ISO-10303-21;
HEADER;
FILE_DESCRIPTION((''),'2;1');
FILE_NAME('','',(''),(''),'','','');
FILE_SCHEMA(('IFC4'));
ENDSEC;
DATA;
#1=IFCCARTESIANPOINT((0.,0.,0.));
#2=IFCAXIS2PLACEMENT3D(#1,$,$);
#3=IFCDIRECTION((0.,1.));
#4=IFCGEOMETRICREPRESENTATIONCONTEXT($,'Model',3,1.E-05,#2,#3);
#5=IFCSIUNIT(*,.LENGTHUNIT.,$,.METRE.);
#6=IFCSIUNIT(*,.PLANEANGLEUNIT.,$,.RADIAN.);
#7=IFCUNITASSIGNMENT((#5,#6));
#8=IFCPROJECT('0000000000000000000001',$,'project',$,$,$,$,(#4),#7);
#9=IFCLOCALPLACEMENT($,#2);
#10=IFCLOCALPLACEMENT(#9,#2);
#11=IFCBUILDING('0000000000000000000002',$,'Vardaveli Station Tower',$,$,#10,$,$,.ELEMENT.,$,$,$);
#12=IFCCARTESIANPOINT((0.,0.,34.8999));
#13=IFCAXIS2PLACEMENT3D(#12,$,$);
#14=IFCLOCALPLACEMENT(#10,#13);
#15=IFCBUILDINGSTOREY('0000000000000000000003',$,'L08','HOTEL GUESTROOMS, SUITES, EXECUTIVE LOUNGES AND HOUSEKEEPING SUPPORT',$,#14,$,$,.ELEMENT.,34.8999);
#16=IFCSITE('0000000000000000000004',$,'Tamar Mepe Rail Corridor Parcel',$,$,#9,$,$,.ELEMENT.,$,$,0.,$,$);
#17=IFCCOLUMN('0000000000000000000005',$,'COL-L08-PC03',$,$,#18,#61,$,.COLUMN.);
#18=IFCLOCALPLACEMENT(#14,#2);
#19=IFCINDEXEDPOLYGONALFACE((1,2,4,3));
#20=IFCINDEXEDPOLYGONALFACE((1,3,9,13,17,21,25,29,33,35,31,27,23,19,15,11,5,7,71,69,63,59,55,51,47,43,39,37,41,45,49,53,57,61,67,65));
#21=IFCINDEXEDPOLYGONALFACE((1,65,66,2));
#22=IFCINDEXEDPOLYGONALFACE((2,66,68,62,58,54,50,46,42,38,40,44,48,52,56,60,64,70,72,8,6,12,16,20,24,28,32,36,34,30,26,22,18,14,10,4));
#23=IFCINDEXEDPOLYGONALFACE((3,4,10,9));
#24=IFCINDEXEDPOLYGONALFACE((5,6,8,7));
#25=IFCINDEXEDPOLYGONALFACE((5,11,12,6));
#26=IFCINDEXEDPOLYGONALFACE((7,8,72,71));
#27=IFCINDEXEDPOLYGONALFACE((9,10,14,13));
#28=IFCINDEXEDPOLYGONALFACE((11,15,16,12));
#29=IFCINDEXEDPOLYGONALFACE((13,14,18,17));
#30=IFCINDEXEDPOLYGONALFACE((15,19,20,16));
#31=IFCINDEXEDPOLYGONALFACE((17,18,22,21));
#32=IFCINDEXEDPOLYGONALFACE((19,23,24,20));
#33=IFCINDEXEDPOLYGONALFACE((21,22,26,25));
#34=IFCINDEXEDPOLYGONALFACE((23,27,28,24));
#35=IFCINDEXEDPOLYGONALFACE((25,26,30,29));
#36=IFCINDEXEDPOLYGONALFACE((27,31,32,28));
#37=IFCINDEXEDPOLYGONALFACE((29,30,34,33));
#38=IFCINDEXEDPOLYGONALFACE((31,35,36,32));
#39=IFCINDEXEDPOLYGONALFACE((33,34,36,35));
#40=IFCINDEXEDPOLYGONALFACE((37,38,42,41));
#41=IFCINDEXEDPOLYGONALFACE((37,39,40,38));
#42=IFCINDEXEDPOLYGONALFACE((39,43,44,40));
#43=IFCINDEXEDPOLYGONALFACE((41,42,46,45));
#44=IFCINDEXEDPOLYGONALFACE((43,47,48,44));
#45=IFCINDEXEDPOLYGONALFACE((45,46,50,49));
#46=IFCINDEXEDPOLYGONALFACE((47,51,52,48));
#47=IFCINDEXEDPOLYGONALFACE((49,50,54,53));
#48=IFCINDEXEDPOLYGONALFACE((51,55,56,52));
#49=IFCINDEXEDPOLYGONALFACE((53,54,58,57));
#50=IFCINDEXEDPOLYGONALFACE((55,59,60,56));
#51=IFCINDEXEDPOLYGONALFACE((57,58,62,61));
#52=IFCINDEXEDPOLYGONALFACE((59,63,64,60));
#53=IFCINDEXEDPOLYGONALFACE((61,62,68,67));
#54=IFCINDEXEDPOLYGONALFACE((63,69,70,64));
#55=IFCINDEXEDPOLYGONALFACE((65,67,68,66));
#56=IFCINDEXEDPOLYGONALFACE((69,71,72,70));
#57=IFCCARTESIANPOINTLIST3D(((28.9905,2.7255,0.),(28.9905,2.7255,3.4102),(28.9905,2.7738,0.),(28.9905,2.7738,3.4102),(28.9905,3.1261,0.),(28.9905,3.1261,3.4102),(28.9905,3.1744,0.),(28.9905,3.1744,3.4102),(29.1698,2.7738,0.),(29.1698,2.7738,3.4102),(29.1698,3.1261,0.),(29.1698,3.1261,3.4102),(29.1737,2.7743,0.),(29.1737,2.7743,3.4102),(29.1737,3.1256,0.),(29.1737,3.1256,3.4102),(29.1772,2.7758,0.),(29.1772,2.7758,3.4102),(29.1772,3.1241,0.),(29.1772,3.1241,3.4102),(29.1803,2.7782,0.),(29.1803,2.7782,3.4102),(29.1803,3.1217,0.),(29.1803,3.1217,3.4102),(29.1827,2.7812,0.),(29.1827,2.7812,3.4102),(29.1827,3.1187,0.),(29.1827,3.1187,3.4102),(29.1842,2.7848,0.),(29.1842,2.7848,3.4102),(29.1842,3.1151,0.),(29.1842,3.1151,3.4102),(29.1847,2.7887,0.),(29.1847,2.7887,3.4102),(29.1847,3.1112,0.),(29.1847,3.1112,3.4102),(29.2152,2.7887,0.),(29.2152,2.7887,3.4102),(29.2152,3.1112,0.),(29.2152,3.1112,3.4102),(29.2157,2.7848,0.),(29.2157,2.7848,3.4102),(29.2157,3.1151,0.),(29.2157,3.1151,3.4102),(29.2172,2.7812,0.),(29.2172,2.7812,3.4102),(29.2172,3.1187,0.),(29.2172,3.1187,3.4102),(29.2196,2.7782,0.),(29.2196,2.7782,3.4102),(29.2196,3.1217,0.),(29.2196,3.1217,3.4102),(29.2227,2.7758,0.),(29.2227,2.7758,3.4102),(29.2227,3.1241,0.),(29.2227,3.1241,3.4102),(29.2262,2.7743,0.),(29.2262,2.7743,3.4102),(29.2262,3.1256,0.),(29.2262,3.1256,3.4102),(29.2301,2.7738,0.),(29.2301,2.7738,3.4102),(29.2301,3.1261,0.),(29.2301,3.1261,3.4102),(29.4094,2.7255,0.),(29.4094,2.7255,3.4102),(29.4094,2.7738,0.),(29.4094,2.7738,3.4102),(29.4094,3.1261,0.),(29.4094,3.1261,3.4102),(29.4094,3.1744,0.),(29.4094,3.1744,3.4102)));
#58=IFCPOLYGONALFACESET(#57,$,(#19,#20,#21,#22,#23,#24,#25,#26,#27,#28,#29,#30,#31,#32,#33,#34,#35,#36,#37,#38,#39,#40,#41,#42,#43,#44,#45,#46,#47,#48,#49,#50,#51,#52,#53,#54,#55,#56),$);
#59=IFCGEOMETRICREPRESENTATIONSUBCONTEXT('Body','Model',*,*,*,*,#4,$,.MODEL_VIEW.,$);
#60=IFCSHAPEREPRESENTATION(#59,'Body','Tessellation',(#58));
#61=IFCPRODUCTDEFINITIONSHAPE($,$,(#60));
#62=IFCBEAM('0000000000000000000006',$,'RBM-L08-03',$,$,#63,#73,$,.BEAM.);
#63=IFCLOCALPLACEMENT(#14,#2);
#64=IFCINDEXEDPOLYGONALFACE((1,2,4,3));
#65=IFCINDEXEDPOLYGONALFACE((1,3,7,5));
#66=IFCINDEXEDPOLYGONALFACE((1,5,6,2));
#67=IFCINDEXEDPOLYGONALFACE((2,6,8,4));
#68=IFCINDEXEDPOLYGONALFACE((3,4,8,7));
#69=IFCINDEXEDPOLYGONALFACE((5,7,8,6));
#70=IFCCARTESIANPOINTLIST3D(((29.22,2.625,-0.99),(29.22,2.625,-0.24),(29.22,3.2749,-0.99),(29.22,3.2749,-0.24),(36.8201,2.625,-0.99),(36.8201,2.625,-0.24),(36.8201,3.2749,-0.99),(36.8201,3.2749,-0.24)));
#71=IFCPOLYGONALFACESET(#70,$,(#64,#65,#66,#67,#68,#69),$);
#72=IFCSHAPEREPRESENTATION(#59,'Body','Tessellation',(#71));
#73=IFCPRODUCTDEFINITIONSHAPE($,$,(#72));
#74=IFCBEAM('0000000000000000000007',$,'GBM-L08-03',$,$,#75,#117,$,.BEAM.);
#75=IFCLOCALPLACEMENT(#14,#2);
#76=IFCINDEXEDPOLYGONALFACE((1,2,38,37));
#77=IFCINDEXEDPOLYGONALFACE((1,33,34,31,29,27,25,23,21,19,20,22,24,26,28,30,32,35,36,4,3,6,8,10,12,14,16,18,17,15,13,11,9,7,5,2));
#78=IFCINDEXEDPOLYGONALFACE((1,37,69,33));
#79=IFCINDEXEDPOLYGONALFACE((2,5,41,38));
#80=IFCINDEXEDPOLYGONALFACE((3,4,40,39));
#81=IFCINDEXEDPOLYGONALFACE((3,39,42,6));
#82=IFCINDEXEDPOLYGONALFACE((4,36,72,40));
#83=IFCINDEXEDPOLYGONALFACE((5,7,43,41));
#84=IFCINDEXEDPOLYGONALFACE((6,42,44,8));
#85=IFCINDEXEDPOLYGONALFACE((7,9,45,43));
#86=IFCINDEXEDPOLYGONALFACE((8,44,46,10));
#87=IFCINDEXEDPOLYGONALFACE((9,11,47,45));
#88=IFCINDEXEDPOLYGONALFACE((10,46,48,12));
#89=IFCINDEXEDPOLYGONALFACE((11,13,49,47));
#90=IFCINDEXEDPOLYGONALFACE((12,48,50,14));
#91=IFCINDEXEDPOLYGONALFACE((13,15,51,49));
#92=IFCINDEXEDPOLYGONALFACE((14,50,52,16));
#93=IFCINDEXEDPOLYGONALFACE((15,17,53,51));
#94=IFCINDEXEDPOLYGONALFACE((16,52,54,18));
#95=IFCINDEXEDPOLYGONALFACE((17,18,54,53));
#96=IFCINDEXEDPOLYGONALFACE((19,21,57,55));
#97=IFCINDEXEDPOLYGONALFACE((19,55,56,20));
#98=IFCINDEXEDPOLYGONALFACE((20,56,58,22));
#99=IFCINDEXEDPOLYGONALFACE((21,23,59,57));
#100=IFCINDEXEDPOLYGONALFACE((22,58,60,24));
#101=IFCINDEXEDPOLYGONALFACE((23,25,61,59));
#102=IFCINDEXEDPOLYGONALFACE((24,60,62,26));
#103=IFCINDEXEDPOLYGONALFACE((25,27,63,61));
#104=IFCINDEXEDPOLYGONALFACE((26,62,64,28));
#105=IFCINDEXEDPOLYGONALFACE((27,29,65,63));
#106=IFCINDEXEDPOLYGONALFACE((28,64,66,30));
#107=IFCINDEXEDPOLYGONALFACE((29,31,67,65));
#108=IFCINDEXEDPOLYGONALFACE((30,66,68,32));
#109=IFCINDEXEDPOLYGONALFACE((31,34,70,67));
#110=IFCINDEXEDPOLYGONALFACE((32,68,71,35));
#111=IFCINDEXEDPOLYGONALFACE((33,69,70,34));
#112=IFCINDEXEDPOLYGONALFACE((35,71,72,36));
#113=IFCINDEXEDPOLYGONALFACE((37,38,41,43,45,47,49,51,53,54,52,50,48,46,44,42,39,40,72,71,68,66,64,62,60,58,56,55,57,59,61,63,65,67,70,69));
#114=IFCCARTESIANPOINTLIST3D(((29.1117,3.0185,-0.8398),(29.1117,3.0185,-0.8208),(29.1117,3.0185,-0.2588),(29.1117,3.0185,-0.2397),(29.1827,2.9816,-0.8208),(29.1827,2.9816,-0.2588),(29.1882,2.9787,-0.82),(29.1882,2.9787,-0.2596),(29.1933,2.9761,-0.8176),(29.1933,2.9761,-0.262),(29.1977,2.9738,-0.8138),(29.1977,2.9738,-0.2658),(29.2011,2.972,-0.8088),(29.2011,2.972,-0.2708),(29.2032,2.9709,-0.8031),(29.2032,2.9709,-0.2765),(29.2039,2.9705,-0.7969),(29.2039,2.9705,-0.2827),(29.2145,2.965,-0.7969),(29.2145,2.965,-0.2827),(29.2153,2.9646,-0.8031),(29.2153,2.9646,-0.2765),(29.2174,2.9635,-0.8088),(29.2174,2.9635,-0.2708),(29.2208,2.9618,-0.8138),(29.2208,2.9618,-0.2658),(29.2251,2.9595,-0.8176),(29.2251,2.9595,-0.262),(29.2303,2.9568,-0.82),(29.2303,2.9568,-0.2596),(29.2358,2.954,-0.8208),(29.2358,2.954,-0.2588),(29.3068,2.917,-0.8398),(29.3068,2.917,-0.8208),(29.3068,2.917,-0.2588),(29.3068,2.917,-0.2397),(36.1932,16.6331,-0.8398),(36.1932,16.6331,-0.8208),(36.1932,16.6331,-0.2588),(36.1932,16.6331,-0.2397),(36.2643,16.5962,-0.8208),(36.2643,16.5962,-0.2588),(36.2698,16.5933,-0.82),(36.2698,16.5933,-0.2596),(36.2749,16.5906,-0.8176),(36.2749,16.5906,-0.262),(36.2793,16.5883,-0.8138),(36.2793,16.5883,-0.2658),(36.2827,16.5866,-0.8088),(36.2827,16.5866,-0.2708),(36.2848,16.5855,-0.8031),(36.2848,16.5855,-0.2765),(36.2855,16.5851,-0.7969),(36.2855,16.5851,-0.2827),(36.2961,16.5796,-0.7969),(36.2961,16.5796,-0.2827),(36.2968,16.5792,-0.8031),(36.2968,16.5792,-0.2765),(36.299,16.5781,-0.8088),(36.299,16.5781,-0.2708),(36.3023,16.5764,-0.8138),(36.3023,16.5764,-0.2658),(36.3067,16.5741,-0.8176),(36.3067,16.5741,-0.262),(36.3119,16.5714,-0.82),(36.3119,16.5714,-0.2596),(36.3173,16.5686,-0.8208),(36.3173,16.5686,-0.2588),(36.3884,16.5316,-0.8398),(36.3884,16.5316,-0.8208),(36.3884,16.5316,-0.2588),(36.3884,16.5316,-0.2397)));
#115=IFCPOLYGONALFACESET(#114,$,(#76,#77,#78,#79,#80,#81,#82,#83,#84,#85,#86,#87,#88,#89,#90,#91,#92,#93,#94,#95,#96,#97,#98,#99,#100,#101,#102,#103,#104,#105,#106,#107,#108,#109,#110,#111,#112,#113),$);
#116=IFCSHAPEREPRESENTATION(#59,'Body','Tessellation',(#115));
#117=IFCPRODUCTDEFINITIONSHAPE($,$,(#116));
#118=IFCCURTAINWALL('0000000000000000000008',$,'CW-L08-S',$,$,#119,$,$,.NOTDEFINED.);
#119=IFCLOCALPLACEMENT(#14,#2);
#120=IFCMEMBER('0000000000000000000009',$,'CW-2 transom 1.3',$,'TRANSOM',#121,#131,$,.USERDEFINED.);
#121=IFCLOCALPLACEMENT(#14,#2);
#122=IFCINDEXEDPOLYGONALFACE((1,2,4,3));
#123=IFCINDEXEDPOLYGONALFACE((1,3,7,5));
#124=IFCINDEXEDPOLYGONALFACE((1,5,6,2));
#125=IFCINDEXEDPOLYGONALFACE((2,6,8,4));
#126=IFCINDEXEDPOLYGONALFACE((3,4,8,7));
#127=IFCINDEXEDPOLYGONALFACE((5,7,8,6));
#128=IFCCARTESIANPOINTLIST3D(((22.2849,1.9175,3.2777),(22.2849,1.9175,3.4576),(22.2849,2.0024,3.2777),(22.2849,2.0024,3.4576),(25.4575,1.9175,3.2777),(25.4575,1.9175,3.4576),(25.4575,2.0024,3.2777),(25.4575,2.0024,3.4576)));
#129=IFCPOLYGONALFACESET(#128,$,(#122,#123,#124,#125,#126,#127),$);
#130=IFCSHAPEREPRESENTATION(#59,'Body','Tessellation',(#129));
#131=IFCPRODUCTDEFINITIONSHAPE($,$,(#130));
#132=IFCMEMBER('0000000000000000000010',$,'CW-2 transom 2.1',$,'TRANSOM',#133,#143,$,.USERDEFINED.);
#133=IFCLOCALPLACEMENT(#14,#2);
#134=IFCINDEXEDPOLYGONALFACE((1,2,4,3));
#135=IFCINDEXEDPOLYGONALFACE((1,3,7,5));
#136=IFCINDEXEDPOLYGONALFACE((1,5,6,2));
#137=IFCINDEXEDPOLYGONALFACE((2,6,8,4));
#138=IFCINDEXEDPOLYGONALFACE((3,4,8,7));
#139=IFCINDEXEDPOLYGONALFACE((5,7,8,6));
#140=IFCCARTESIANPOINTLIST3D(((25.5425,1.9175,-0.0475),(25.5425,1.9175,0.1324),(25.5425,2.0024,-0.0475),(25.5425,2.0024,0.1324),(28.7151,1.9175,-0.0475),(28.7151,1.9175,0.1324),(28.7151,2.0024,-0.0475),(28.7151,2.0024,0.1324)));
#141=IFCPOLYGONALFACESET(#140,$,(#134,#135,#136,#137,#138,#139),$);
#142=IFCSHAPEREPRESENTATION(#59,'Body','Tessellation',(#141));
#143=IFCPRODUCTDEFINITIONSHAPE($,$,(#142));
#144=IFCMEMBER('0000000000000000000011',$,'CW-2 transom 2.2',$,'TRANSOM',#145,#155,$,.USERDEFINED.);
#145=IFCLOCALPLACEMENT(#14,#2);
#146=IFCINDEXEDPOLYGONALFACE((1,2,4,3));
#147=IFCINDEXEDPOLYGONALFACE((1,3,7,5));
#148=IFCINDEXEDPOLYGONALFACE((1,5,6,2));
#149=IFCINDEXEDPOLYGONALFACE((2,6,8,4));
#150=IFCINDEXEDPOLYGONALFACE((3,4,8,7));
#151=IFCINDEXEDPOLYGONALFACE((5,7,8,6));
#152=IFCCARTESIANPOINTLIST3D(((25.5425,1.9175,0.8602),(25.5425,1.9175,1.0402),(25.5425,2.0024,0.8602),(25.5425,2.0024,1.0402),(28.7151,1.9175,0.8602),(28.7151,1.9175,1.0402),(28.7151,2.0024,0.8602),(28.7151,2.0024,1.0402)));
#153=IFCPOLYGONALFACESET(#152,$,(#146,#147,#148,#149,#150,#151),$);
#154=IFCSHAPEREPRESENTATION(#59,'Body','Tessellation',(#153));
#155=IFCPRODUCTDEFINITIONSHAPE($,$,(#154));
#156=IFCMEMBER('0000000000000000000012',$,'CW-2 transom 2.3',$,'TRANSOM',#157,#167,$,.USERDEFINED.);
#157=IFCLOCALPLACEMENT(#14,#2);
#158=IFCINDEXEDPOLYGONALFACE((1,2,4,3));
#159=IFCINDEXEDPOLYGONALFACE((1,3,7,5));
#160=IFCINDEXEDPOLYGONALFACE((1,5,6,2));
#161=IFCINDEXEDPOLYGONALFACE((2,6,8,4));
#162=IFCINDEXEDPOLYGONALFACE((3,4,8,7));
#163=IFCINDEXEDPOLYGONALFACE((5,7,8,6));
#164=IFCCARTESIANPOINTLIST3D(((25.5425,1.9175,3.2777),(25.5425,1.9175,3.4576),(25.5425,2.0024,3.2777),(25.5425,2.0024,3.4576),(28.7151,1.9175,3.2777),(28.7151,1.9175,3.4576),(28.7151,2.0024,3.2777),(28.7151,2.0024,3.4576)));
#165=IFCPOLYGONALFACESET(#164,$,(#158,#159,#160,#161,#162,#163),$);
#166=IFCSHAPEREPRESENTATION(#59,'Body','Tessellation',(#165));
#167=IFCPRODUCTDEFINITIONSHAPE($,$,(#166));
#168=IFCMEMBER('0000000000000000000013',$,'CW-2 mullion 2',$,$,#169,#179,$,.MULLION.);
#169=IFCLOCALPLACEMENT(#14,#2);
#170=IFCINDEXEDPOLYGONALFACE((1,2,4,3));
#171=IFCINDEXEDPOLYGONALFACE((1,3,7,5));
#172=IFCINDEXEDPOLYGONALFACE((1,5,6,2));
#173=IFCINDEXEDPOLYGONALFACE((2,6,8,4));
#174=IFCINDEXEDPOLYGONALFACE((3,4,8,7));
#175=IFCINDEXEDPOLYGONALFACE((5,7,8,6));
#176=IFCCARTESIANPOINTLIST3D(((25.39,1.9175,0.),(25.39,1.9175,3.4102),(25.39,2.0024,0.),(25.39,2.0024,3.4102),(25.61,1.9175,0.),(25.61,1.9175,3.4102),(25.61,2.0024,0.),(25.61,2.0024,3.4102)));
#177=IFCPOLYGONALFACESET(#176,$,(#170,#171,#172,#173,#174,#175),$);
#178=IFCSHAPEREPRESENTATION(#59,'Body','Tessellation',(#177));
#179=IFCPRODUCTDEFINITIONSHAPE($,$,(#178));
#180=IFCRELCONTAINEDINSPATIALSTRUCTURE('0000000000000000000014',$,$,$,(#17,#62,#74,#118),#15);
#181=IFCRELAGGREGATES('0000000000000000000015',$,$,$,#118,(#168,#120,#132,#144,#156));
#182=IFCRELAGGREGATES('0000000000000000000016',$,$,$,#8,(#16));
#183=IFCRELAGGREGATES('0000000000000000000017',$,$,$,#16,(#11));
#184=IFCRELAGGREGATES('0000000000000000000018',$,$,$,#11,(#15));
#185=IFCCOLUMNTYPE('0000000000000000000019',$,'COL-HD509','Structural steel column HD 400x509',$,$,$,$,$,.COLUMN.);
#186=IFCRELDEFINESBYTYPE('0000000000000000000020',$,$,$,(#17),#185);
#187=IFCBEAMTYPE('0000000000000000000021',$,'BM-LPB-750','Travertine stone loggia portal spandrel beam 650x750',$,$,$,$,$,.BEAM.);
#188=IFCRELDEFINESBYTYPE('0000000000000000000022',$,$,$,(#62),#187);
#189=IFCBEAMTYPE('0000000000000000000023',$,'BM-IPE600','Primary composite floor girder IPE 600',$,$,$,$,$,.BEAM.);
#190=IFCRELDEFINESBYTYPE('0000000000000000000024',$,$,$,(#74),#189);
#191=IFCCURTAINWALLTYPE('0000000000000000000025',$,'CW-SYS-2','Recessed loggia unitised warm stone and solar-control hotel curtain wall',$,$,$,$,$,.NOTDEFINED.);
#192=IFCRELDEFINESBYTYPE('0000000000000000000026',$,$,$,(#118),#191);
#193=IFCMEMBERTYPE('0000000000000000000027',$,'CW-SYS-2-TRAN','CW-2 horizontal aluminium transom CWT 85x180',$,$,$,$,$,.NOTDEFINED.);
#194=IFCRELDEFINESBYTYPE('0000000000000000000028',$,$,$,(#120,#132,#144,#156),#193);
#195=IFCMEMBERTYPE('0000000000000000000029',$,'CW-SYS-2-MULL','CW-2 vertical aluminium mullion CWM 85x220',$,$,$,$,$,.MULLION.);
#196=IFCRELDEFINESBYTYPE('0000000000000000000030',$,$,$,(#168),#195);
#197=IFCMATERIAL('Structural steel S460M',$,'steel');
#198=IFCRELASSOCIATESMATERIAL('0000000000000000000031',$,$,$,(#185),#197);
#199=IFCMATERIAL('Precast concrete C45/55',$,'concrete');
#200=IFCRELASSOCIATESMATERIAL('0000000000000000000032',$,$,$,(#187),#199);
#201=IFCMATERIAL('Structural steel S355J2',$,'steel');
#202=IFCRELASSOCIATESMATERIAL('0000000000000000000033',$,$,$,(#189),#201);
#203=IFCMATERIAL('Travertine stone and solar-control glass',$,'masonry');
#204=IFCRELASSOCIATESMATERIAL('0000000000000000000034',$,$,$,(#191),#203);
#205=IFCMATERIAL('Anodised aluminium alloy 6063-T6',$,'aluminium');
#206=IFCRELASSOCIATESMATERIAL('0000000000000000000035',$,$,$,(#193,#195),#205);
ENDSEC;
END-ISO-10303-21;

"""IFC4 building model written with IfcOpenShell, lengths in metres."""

from ifc_helpers import new_model, si_unit, direction, frame, origin, origin_2d, place, context, subcontext, project, spatial, rectangle, i_section, extrude, source, transform, mapped, material, material_profile, profile_set, type_object, element, aggregate, save


model = new_model("IFC4")

# Units and contexts
model_context = context("Model", 3, precision=1e-05, world=origin(), true_north=direction((0.0, 1.0)))
body_context = subcontext(model_context, "Body", "Model", "MODEL_VIEW")
ifc_project = project(units=[si_unit("LENGTHUNIT", "METRE"), si_unit("PLANEANGLEUNIT", "RADIAN")], contexts=[model_context])

# Site, building, storey
site_placement = place(None, origin())
site = spatial("IfcSite", under=ifc_project, at=site_placement, Name="Tamar Mepe Rail Corridor Parcel", CompositionType="ELEMENT", RefElevation=0.0)
building_placement = place(site_placement, origin())
building = spatial("IfcBuilding", under=site, at=building_placement, Name="Vardaveli Station Tower", CompositionType="ELEMENT")
storey_placement = place(building_placement, frame((0.0, 0.0, 34.8999)))
storey = spatial("IfcBuildingStorey", under=building, at=storey_placement, Name="L08", Description="HOTEL GUESTROOMS, SUITES, EXECUTIVE LOUNGES AND HOUSEKEEPING SUPPORT", CompositionType="ELEMENT", Elevation=34.8999)

# Column
ifc_material_1 = material(Name="Structural steel S460M", Category="steel")
ifc_material_profile_1 = material_profile(ifc_material_1, i_section(OverallWidth=0.4189, OverallDepth=0.449, WebThickness=0.0305, FlangeThickness=0.0483, FilletRadius=0.0149, at=origin_2d()), Name="HD 400x509")
ifc_profile_set_1 = profile_set([ifc_material_profile_1], Name="Structural steel S460M")
column_type = type_object("IfcColumnType", Name="COL-HD509", Description="Structural steel column HD 400x509", PredefinedType="COLUMN", material=ifc_profile_set_1)
shared_shape_1 = source(origin(), body_context, "Body", "SweptSolid", [
    extrude(i_section(OverallWidth=0.4189, OverallDepth=0.449, WebThickness=0.0305, FlangeThickness=0.0483, FilletRadius=0.0149, at=origin_2d()), origin(), (0.0, 0.0, 1.0), 3.4102),
])
column_placement = place(storey_placement, frame((29.2, 2.95, 0.0), z_axis=(0.0, 0.0, 1.0), x_axis=(1.0, 0.0, 0.0)))
element("IfcColumn", 1, at=column_placement, inside=storey, type_object=column_type, Name="COL-L08-PC03", PredefinedType="COLUMN", context=body_context, shape_type="MappedRepresentation", body=[
    mapped(shared_shape_1, transform((0.0, 0.0, 0.0), scale=1.0)),
])

# Beams
ifc_material_2 = material(Name="Precast concrete C45/55", Category="concrete")
ifc_material_profile_2 = material_profile(ifc_material_2, rectangle(XDim=0.6499, YDim=0.75, at=origin_2d()), Name="LPB 650x750")
ifc_profile_set_2 = profile_set([ifc_material_profile_2], Name="Precast concrete C45/55")
beam_type_1 = type_object("IfcBeamType", Name="BM-LPB-750", Description="Travertine stone loggia portal spandrel beam 650x750", PredefinedType="BEAM", material=ifc_profile_set_2)
shared_shape_2 = source(origin(), body_context, "Body", "SweptSolid", [
    extrude(rectangle(XDim=0.6499, YDim=0.75, at=origin_2d()), origin(), (0.0, 0.0, 1.0), 7.6001),
])
beam_1_placement = place(storey_placement, frame((29.22, 2.95, -0.615), z_axis=(1.0, 0.0, 0.0), x_axis=(0.0, 1.0, 0.0)))
element("IfcBeam", 2, at=beam_1_placement, inside=storey, type_object=beam_type_1, Name="RBM-L08-03", PredefinedType="BEAM", context=body_context, shape_type="MappedRepresentation", body=[
    mapped(shared_shape_2, transform((0.0, 0.0, 0.0), scale=1.0)),
])
ifc_material_3 = material(Name="Structural steel S355J2", Category="steel")
ifc_material_profile_3 = material_profile(ifc_material_3, i_section(OverallWidth=0.22, OverallDepth=0.6001, WebThickness=0.012, FlangeThickness=0.019, FilletRadius=0.0239, at=origin_2d()), Name="IPE 600")
ifc_profile_set_3 = profile_set([ifc_material_profile_3], Name="Structural steel S355J2")
beam_type_2 = type_object("IfcBeamType", Name="BM-IPE600", Description="Primary composite floor girder IPE 600", PredefinedType="BEAM", material=ifc_profile_set_3)
shared_shape_3 = source(origin(), body_context, "Body", "SweptSolid", [
    extrude(i_section(OverallWidth=0.22, OverallDepth=0.6001, WebThickness=0.012, FlangeThickness=0.019, FilletRadius=0.0239, at=origin_2d()), origin(), (0.0, 0.0, 1.0), 15.3462),
])
beam_2_placement = place(storey_placement, frame((29.2092, 2.9678, -0.5398), z_axis=(0.461455, 0.887163, 0.0), x_axis=(-0.887163, 0.461455, 0.0)))
element("IfcBeam", 3, at=beam_2_placement, inside=storey, type_object=beam_type_2, Name="GBM-L08-03", PredefinedType="BEAM", context=body_context, shape_type="MappedRepresentation", body=[
    mapped(shared_shape_3, transform((0.0, 0.0, 0.0), scale=1.0)),
])

# Curtain wall, members
ifc_material_4 = material(Name="Travertine stone and solar-control glass", Category="masonry")
curtain_wall_type = type_object("IfcCurtainWallType", Name="CW-SYS-2", Description="Recessed loggia unitised warm stone and solar-control hotel curtain wall", PredefinedType="NOTDEFINED", material=ifc_material_4)
curtain_wall_placement = place(storey_placement, origin())
curtain_wall = element("IfcCurtainWall", 4, at=curtain_wall_placement, inside=storey, type_object=curtain_wall_type, Name="CW-L08-S", PredefinedType="NOTDEFINED")
ifc_material_5 = material(Name="Anodised aluminium alloy 6063-T6", Category="aluminium")
ifc_material_profile_4 = material_profile(ifc_material_5, rectangle(XDim=0.085, YDim=0.1799, at=origin_2d()), Name="CWT 85x180")
ifc_profile_set_4 = profile_set([ifc_material_profile_4], Name="Anodised aluminium alloy 6063-T6")
member_type_1 = type_object("IfcMemberType", Name="CW-SYS-2-TRAN", Description="CW-2 horizontal aluminium transom CWT 85x180", PredefinedType="NOTDEFINED", material=ifc_profile_set_4)
shared_shape_4 = source(origin(), body_context, "Body", "SweptSolid", [
    extrude(rectangle(XDim=0.085, YDim=0.1799, at=origin_2d()), origin(), (0.0, 0.0, 1.0), 3.1726),
])
member_1_placement = place(storey_placement, frame((22.2849, 1.96, 3.3677), z_axis=(1.0, 0.0, 0.0), x_axis=(0.0, 1.0, 0.0)))
member_1 = element("IfcMember", 5, at=member_1_placement, type_object=member_type_1, Name="CW-2 transom 1.3", ObjectType="TRANSOM", PredefinedType="USERDEFINED", context=body_context, shape_type="MappedRepresentation", body=[
    mapped(shared_shape_4, transform((0.0, 0.0, 0.0), scale=1.0)),
])
member_2_placement = place(storey_placement, frame((25.5425, 1.96, 0.0425), z_axis=(1.0, 0.0, 0.0), x_axis=(0.0, 1.0, 0.0)))
member_2 = element("IfcMember", 6, at=member_2_placement, type_object=member_type_1, Name="CW-2 transom 2.1", ObjectType="TRANSOM", PredefinedType="USERDEFINED", context=body_context, shape_type="MappedRepresentation", body=[
    mapped(shared_shape_4, transform((0.0, 0.0, 0.0), scale=1.0)),
])
member_3_placement = place(storey_placement, frame((25.5425, 1.96, 0.9502), z_axis=(1.0, 0.0, 0.0), x_axis=(0.0, 1.0, 0.0)))
member_3 = element("IfcMember", 7, at=member_3_placement, type_object=member_type_1, Name="CW-2 transom 2.2", ObjectType="TRANSOM", PredefinedType="USERDEFINED", context=body_context, shape_type="MappedRepresentation", body=[
    mapped(shared_shape_4, transform((0.0, 0.0, 0.0), scale=1.0)),
])
member_4_placement = place(storey_placement, frame((25.5425, 1.96, 3.3677), z_axis=(1.0, 0.0, 0.0), x_axis=(0.0, 1.0, 0.0)))
member_4 = element("IfcMember", 8, at=member_4_placement, type_object=member_type_1, Name="CW-2 transom 2.3", ObjectType="TRANSOM", PredefinedType="USERDEFINED", context=body_context, shape_type="MappedRepresentation", body=[
    mapped(shared_shape_4, transform((0.0, 0.0, 0.0), scale=1.0)),
])
ifc_material_profile_5 = material_profile(ifc_material_5, rectangle(XDim=0.085, YDim=0.22, at=origin_2d()), Name="CWM 85x220")
ifc_profile_set_5 = profile_set([ifc_material_profile_5], Name="Anodised aluminium alloy 6063-T6")
member_type_2 = type_object("IfcMemberType", Name="CW-SYS-2-MULL", Description="CW-2 vertical aluminium mullion CWM 85x220", PredefinedType="MULLION", material=ifc_profile_set_5)
shared_shape_5 = source(origin(), body_context, "Body", "SweptSolid", [
    extrude(rectangle(XDim=0.085, YDim=0.22, at=origin_2d()), origin(), (0.0, 0.0, 1.0), 3.4102),
])
member_5_placement = place(storey_placement, frame((25.5, 1.96, 0.0), z_axis=(0.0, 0.0, 1.0), x_axis=(0.0, 1.0, 0.0)))
member_5 = element("IfcMember", 9, at=member_5_placement, type_object=member_type_2, Name="CW-2 mullion 2", PredefinedType="MULLION", context=body_context, shape_type="MappedRepresentation", body=[
    mapped(shared_shape_5, transform((0.0, 0.0, 0.0), scale=1.0)),
])
aggregate(curtain_wall, [member_5, member_1, member_2, member_3, member_4])

save(model, "model.ifc")
